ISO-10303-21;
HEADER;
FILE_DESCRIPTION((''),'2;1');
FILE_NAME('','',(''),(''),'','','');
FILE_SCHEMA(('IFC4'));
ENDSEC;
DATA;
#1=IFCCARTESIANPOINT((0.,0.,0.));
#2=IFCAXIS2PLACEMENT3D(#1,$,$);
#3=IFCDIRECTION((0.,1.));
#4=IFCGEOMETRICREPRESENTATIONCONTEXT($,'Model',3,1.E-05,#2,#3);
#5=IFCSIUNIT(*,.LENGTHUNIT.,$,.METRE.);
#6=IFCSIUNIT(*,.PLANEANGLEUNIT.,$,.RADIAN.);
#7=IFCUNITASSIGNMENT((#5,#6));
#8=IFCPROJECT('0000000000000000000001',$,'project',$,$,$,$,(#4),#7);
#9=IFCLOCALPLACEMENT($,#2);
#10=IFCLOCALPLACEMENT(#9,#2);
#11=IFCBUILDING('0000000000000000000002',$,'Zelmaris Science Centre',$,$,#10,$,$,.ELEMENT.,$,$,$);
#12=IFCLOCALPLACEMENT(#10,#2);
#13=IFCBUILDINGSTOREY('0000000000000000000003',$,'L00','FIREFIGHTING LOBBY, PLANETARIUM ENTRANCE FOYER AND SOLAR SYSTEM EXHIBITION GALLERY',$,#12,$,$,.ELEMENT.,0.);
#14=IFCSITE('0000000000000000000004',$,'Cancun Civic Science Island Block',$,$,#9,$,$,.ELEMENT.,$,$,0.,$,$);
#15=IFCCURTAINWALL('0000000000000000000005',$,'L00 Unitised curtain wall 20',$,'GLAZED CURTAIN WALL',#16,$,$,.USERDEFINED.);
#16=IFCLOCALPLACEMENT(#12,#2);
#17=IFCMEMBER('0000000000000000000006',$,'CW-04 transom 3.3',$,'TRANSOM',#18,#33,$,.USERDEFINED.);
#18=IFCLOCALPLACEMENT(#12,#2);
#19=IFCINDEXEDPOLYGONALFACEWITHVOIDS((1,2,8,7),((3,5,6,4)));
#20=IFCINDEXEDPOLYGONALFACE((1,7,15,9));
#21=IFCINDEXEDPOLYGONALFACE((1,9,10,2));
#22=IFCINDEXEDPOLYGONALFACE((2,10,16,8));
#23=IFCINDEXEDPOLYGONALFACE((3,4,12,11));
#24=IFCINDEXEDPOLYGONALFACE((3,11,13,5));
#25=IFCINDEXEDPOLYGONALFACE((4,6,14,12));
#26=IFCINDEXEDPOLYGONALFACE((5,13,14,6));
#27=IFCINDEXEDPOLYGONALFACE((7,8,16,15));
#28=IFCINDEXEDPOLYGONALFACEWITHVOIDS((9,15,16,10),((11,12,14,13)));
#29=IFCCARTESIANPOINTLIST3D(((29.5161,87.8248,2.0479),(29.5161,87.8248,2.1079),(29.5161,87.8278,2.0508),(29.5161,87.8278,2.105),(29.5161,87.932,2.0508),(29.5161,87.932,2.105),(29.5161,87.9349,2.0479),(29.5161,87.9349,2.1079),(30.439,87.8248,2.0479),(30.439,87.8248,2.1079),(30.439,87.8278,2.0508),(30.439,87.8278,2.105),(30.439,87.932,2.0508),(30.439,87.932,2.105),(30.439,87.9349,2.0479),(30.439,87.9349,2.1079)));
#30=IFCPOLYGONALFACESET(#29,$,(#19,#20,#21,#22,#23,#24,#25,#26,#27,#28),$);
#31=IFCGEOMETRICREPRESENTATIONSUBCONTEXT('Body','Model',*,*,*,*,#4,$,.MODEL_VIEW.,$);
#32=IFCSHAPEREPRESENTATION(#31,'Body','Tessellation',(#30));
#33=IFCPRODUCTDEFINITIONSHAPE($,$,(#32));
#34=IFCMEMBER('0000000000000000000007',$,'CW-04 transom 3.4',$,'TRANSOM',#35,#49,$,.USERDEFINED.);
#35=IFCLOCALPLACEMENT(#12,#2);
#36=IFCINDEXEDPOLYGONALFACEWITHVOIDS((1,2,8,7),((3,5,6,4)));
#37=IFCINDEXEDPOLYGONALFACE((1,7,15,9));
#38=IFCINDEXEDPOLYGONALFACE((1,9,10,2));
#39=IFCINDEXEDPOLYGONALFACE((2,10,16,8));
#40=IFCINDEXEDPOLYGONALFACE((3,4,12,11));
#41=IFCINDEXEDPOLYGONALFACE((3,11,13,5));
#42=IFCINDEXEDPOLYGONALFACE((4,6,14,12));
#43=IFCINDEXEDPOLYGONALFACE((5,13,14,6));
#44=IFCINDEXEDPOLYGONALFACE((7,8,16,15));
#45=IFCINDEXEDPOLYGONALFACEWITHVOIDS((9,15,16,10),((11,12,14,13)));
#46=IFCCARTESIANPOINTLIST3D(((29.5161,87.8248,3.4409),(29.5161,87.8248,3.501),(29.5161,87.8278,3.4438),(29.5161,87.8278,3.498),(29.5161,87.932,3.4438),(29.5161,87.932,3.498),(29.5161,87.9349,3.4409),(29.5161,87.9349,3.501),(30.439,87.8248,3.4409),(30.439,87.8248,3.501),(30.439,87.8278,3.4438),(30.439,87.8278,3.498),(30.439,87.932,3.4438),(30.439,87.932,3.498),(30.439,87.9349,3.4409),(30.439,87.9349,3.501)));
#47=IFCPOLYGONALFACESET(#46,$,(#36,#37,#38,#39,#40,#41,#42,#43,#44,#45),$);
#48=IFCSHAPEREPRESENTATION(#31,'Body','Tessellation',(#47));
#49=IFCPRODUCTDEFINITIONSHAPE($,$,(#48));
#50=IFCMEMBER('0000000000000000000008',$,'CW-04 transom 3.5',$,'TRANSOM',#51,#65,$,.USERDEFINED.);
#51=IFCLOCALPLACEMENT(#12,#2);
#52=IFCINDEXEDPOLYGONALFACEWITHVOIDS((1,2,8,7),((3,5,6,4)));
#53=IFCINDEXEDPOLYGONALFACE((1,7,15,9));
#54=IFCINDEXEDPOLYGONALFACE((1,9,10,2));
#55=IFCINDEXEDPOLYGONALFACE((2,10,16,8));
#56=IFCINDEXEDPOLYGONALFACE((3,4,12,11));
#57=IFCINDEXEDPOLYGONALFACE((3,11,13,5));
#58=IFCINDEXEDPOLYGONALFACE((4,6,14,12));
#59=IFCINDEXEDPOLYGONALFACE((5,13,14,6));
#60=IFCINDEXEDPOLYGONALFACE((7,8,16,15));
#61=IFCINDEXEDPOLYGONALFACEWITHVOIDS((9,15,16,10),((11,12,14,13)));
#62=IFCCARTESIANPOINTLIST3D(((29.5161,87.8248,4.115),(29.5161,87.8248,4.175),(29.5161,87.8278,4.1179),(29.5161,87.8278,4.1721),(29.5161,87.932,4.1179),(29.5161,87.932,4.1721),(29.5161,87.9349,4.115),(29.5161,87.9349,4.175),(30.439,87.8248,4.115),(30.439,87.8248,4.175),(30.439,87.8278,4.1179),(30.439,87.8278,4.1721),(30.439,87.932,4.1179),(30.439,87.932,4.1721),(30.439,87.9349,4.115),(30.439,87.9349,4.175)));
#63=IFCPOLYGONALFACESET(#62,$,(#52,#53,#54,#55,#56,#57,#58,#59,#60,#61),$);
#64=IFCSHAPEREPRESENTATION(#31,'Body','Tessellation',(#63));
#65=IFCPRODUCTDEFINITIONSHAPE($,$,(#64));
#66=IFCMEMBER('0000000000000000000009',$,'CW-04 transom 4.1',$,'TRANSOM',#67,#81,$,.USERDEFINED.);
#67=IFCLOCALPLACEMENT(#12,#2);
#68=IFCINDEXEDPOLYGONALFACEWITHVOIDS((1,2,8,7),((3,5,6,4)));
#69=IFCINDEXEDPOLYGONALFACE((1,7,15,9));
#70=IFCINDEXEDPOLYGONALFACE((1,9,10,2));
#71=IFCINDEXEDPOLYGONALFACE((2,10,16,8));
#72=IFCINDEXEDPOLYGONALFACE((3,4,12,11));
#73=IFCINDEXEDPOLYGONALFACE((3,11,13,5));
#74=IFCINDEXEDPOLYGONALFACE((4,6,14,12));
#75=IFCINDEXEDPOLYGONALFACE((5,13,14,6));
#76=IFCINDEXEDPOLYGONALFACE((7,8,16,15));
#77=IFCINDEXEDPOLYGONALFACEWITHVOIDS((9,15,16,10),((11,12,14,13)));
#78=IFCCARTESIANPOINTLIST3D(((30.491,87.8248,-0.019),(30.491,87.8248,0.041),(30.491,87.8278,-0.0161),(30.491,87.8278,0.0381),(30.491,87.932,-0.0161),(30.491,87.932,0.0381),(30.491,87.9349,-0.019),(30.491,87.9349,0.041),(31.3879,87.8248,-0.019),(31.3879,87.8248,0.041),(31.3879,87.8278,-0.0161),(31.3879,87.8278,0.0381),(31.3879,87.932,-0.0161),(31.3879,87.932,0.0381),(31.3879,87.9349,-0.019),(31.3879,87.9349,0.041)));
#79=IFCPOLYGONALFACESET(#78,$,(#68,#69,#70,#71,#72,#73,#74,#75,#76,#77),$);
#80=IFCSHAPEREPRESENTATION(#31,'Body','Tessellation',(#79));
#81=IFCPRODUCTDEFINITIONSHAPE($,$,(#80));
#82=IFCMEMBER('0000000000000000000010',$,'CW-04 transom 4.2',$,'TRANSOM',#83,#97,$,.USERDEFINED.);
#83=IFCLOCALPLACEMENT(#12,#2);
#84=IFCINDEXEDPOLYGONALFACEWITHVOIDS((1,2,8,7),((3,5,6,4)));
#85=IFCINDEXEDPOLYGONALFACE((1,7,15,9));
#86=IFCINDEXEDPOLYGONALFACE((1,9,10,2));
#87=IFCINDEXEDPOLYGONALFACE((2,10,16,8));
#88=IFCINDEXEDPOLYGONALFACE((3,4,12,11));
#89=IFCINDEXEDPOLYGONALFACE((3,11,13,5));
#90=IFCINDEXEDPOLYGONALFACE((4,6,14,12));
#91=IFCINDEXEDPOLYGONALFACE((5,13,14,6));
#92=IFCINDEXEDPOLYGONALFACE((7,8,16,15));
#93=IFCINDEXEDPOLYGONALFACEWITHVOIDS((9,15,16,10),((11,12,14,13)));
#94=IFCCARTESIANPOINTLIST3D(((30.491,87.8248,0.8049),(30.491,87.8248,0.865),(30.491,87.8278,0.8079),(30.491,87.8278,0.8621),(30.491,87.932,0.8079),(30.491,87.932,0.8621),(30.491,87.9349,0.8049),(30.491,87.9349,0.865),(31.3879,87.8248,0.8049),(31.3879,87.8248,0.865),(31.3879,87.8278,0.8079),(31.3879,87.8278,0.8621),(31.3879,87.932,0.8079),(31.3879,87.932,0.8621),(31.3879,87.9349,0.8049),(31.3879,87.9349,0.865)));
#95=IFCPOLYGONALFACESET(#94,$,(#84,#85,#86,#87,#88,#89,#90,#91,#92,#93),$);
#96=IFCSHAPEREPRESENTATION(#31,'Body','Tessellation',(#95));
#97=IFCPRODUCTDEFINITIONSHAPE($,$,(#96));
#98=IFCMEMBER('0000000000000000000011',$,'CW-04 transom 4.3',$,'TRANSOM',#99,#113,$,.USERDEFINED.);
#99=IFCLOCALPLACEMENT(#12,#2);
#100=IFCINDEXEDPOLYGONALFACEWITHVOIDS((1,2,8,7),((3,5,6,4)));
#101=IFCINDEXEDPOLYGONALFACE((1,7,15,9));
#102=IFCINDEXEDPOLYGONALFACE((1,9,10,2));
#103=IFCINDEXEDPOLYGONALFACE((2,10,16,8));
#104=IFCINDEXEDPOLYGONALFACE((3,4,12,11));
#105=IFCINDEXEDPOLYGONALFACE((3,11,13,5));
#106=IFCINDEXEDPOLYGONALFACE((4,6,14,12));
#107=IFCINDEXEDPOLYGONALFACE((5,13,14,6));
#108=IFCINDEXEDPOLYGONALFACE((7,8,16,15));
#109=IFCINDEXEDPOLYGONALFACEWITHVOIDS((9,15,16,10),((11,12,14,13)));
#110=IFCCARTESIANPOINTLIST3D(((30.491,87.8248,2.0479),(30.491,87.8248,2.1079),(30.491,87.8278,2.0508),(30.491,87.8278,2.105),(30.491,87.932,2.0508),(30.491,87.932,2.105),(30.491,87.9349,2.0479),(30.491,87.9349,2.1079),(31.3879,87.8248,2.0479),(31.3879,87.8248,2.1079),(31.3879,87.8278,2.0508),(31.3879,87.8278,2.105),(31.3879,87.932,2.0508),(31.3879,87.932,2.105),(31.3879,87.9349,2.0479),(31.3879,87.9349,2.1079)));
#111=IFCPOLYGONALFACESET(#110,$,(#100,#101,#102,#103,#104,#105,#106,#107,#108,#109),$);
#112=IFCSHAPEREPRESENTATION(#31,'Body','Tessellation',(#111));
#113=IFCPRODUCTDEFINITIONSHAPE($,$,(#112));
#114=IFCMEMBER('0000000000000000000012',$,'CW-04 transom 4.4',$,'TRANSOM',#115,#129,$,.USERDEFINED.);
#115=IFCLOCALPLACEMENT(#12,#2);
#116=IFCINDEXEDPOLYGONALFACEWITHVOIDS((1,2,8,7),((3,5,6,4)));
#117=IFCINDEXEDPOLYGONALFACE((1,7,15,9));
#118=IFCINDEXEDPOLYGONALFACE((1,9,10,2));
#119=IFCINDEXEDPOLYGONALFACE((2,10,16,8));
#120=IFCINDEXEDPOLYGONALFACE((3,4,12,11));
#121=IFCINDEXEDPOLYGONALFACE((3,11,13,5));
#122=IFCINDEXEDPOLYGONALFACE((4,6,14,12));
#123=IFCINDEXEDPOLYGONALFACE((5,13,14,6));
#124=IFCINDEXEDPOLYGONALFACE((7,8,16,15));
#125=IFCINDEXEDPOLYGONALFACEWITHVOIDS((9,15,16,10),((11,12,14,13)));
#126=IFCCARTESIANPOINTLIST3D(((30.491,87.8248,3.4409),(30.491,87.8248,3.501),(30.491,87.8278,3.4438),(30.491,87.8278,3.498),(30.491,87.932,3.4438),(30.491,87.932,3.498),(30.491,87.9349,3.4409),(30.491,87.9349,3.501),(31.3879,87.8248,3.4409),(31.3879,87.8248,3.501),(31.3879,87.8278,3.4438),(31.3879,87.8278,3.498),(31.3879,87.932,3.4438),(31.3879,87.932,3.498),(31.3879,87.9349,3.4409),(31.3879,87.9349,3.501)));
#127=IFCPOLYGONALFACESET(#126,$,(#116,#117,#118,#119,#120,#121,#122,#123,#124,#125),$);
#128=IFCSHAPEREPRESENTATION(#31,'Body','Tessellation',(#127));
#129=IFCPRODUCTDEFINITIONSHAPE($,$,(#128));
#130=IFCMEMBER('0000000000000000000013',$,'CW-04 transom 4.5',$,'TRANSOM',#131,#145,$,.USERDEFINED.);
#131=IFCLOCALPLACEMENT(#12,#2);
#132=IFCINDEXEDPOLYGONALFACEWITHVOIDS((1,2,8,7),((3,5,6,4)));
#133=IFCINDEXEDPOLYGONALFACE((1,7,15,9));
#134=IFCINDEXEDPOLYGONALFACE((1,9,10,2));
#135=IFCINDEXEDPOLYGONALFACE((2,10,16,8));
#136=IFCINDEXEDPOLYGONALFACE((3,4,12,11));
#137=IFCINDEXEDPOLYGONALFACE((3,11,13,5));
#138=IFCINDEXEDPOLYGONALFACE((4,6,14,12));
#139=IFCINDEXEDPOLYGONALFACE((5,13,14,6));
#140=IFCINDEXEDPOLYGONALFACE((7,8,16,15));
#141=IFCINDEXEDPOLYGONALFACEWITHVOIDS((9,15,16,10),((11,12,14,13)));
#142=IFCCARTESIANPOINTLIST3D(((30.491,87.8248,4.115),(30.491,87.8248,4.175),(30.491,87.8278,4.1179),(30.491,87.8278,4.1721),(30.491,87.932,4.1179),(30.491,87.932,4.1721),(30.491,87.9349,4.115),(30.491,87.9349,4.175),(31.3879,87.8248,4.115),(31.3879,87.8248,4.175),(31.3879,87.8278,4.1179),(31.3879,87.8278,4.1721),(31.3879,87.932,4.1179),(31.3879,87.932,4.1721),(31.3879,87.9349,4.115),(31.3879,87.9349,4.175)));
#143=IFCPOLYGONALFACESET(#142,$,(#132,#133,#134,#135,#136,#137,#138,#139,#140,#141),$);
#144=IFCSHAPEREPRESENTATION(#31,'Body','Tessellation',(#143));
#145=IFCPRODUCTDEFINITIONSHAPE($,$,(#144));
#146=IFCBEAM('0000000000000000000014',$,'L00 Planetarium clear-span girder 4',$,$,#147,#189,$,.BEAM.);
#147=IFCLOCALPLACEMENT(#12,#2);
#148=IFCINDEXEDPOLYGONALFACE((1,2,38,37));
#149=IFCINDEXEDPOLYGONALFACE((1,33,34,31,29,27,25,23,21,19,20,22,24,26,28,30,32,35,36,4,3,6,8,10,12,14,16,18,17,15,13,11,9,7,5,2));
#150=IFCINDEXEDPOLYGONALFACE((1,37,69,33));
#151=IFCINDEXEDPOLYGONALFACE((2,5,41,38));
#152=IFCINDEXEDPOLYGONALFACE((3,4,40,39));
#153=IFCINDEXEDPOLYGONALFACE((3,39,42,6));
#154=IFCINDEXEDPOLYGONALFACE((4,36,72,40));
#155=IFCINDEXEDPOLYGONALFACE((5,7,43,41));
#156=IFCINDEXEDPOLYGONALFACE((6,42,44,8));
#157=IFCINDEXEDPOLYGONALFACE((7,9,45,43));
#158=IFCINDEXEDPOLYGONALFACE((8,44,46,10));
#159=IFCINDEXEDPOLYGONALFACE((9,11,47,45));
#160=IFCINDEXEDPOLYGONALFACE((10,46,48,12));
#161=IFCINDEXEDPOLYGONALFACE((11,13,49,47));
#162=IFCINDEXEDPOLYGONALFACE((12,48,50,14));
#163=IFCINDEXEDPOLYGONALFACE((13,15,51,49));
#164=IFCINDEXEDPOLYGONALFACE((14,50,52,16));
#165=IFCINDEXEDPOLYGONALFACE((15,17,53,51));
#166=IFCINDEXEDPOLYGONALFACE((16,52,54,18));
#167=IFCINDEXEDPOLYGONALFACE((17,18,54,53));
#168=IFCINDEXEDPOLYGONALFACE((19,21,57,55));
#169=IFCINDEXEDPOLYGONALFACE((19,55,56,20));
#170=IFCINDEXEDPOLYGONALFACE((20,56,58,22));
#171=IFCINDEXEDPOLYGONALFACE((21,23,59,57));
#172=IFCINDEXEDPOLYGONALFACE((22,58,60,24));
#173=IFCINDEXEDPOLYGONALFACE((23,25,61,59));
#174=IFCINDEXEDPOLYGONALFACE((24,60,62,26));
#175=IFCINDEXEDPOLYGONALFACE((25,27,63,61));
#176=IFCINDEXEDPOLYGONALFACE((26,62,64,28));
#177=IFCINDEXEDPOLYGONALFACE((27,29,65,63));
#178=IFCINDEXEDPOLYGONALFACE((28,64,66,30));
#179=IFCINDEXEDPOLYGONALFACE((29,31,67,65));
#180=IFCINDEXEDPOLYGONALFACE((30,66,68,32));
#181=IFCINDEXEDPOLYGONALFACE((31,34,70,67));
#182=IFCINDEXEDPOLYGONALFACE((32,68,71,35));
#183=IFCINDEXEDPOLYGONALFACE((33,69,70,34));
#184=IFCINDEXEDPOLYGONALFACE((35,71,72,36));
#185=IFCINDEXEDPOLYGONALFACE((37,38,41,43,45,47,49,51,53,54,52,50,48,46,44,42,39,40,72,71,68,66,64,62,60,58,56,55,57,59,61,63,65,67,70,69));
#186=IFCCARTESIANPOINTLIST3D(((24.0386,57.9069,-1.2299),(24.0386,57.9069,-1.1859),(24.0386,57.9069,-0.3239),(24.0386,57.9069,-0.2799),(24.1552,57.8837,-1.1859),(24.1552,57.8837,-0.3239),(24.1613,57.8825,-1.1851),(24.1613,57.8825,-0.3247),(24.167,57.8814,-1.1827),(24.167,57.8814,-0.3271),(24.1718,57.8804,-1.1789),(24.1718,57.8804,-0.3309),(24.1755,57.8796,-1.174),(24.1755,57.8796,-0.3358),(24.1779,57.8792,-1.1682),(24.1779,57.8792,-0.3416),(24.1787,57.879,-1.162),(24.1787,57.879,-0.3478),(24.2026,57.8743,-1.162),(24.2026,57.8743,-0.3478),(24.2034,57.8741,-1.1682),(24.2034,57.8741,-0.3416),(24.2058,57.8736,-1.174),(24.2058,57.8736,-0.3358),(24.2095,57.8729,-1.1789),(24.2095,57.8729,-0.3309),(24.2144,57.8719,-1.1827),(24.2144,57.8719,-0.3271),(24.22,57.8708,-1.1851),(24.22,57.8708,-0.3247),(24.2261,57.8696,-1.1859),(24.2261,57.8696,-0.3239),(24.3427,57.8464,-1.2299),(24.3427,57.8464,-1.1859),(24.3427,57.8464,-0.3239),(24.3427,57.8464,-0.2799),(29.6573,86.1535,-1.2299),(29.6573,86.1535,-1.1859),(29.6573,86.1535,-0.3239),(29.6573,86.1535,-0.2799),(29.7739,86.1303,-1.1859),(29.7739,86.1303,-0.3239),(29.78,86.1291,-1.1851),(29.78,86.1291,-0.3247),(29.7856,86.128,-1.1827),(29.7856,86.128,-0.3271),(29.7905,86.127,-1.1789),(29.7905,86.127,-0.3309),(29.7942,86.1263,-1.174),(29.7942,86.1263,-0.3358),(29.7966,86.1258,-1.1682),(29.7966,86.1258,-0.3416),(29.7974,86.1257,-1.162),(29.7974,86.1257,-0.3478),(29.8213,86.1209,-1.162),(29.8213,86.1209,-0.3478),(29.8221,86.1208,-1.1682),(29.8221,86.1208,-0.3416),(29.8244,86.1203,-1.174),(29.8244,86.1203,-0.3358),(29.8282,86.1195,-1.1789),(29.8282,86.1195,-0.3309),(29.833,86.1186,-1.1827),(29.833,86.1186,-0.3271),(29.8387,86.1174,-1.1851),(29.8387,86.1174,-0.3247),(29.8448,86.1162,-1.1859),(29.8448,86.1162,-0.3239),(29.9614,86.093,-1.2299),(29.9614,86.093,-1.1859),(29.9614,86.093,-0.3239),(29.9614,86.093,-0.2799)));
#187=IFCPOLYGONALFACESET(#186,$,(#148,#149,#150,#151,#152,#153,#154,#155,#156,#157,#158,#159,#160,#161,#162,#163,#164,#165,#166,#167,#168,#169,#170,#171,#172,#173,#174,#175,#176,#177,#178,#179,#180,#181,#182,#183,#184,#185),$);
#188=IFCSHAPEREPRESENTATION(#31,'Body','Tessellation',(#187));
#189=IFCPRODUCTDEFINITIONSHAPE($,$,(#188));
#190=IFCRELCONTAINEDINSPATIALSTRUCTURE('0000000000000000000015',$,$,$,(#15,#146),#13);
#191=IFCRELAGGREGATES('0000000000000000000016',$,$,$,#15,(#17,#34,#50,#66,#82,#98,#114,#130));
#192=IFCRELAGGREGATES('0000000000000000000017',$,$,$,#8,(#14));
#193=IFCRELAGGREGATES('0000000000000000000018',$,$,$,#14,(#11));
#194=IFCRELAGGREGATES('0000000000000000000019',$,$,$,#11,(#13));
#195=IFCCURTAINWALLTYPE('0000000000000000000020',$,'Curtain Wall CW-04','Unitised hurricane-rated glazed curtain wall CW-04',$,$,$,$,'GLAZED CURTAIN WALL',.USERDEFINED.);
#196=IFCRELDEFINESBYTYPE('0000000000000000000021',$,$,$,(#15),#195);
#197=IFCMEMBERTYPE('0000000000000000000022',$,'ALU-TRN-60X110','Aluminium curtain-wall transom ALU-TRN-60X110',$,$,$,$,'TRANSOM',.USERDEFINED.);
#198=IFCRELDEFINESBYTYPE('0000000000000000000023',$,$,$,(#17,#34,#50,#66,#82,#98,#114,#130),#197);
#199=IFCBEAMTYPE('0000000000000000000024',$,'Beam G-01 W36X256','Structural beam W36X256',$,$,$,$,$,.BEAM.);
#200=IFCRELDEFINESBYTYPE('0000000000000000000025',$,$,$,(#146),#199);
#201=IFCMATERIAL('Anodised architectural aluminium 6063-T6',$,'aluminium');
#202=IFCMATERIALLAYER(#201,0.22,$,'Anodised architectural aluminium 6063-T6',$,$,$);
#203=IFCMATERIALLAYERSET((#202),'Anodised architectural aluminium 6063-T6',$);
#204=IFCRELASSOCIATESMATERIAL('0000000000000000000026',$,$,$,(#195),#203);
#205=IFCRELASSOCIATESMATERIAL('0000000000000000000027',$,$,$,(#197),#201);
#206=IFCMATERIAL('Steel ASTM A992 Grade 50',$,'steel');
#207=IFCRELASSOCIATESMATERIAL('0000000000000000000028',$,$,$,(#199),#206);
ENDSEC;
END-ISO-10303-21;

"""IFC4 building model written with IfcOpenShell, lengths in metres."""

from ifc_helpers import new_model, si_unit, direction, frame, origin, origin_2d, place, context, subcontext, project, spatial, hollow_rectangle, i_section, extrude, material, layer, layer_set, material_profile, profile_set, type_object, element, aggregate, save


model = new_model("IFC4")

# Units and contexts
model_context = context("Model", 3, precision=1e-05, world=origin(), true_north=direction((0.0, 1.0)))
body_context = subcontext(model_context, "Body", "Model", "MODEL_VIEW")
ifc_project = project(units=[si_unit("LENGTHUNIT", "METRE"), si_unit("PLANEANGLEUNIT", "RADIAN")], contexts=[model_context])

# Site, building, storey
site_placement = place(None, origin())
site = spatial("IfcSite", under=ifc_project, at=site_placement, Name="Cancun Civic Science Island Block", CompositionType="ELEMENT", RefElevation=0.0)
building_placement = place(site_placement, origin())
building = spatial("IfcBuilding", under=site, at=building_placement, Name="Zelmaris Science Centre", CompositionType="ELEMENT")
storey_placement = place(building_placement, origin())
storey = spatial("IfcBuildingStorey", under=building, at=storey_placement, Name="L00", Description="FIREFIGHTING LOBBY, PLANETARIUM ENTRANCE FOYER AND SOLAR SYSTEM EXHIBITION GALLERY", CompositionType="ELEMENT", Elevation=0.0)

# Curtain wall, members
ifc_material_1 = material(Name="Anodised architectural aluminium 6063-T6", Category="aluminium")
ifc_layer_1 = layer(ifc_material_1, 0.22, Name="Anodised architectural aluminium 6063-T6")
ifc_layer_set_1 = layer_set([ifc_layer_1], Name="Anodised architectural aluminium 6063-T6")
curtain_wall_type = type_object("IfcCurtainWallType", Name="Curtain Wall CW-04", Description="Unitised hurricane-rated glazed curtain wall CW-04", ElementType="GLAZED CURTAIN WALL", PredefinedType="USERDEFINED", material=ifc_layer_set_1)
curtain_wall_placement = place(storey_placement, origin())
curtain_wall = element("IfcCurtainWall", 1, at=curtain_wall_placement, inside=storey, type_object=curtain_wall_type, Name="L00 Unitised curtain wall 20", ObjectType="GLAZED CURTAIN WALL", PredefinedType="USERDEFINED")
ifc_material_profile_1 = material_profile(ifc_material_1, hollow_rectangle(XDim=0.0601, YDim=0.1101, WallThickness=0.0029, at=origin_2d()), Name="ALU-TRN-60X110")
ifc_profile_set_1 = profile_set([ifc_material_profile_1], Name="Anodised architectural aluminium 6063-T6")
member_type_1 = type_object("IfcMemberType", Name="ALU-TRN-60X110", Description="Aluminium curtain-wall transom ALU-TRN-60X110", ElementType="TRANSOM", PredefinedType="USERDEFINED", material=ifc_profile_set_1)
member_1_placement = place(storey_placement, frame((29.5161, 87.8799, 2.0779), z_axis=(1.0, 0.0, 0.0), x_axis=(0.0, 0.0, 1.0)))
member_1 = element("IfcMember", 2, at=member_1_placement, type_object=member_type_1, Name="CW-04 transom 3.3", ObjectType="TRANSOM", PredefinedType="USERDEFINED", context=body_context, shape_type="SweptSolid", body=[
    extrude(hollow_rectangle(XDim=0.0601, YDim=0.1101, WallThickness=0.0029, at=origin_2d()), origin(), (0.0, 0.0, 1.0), 0.9229),
])
member_2_placement = place(storey_placement, frame((29.5161, 87.8799, 3.4709), z_axis=(1.0, 0.0, 0.0), x_axis=(0.0, 0.0, 1.0)))
member_2 = element("IfcMember", 3, at=member_2_placement, type_object=member_type_1, Name="CW-04 transom 3.4", ObjectType="TRANSOM", PredefinedType="USERDEFINED", context=body_context, shape_type="SweptSolid", body=[
    extrude(hollow_rectangle(XDim=0.0601, YDim=0.1101, WallThickness=0.0029, at=origin_2d()), origin(), (0.0, 0.0, 1.0), 0.9229),
])
member_3_placement = place(storey_placement, frame((29.5161, 87.8799, 4.145), z_axis=(1.0, 0.0, 0.0), x_axis=(0.0, 0.0, 1.0)))
member_3 = element("IfcMember", 4, at=member_3_placement, type_object=member_type_1, Name="CW-04 transom 3.5", ObjectType="TRANSOM", PredefinedType="USERDEFINED", context=body_context, shape_type="SweptSolid", body=[
    extrude(hollow_rectangle(XDim=0.0601, YDim=0.1101, WallThickness=0.0029, at=origin_2d()), origin(), (0.0, 0.0, 1.0), 0.9229),
])
member_4_placement = place(storey_placement, frame((30.491, 87.8799, 0.011), z_axis=(1.0, 0.0, 0.0), x_axis=(0.0, 0.0, 1.0)))
member_4 = element("IfcMember", 5, at=member_4_placement, type_object=member_type_1, Name="CW-04 transom 4.1", ObjectType="TRANSOM", PredefinedType="USERDEFINED", context=body_context, shape_type="SweptSolid", body=[
    extrude(hollow_rectangle(XDim=0.0601, YDim=0.1101, WallThickness=0.0029, at=origin_2d()), origin(), (0.0, 0.0, 1.0), 0.897),
])
member_5_placement = place(storey_placement, frame((30.491, 87.8799, 0.835), z_axis=(1.0, 0.0, 0.0), x_axis=(0.0, 0.0, 1.0)))
member_5 = element("IfcMember", 6, at=member_5_placement, type_object=member_type_1, Name="CW-04 transom 4.2", ObjectType="TRANSOM", PredefinedType="USERDEFINED", context=body_context, shape_type="SweptSolid", body=[
    extrude(hollow_rectangle(XDim=0.0601, YDim=0.1101, WallThickness=0.0029, at=origin_2d()), origin(), (0.0, 0.0, 1.0), 0.897),
])
member_6_placement = place(storey_placement, frame((30.491, 87.8799, 2.0779), z_axis=(1.0, 0.0, 0.0), x_axis=(0.0, 0.0, 1.0)))
member_6 = element("IfcMember", 7, at=member_6_placement, type_object=member_type_1, Name="CW-04 transom 4.3", ObjectType="TRANSOM", PredefinedType="USERDEFINED", context=body_context, shape_type="SweptSolid", body=[
    extrude(hollow_rectangle(XDim=0.0601, YDim=0.1101, WallThickness=0.0029, at=origin_2d()), origin(), (0.0, 0.0, 1.0), 0.897),
])
member_7_placement = place(storey_placement, frame((30.491, 87.8799, 3.4709), z_axis=(1.0, 0.0, 0.0), x_axis=(0.0, 0.0, 1.0)))
member_7 = element("IfcMember", 8, at=member_7_placement, type_object=member_type_1, Name="CW-04 transom 4.4", ObjectType="TRANSOM", PredefinedType="USERDEFINED", context=body_context, shape_type="SweptSolid", body=[
    extrude(hollow_rectangle(XDim=0.0601, YDim=0.1101, WallThickness=0.0029, at=origin_2d()), origin(), (0.0, 0.0, 1.0), 0.897),
])
member_8_placement = place(storey_placement, frame((30.491, 87.8799, 4.145), z_axis=(1.0, 0.0, 0.0), x_axis=(0.0, 0.0, 1.0)))
member_8 = element("IfcMember", 9, at=member_8_placement, type_object=member_type_1, Name="CW-04 transom 4.5", ObjectType="TRANSOM", PredefinedType="USERDEFINED", context=body_context, shape_type="SweptSolid", body=[
    extrude(hollow_rectangle(XDim=0.0601, YDim=0.1101, WallThickness=0.0029, at=origin_2d()), origin(), (0.0, 0.0, 1.0), 0.897),
])

# Beam
ifc_material_2 = material(Name="Steel ASTM A992 Grade 50", Category="steel")
ifc_material_profile_2 = material_profile(ifc_material_2, i_section(OverallWidth=0.3101, OverallDepth=0.95, WebThickness=0.0244, FlangeThickness=0.0439, FilletRadius=0.0239, at=origin_2d()), Name="W36X256")
ifc_profile_set_2 = profile_set([ifc_material_profile_2], Name="Steel ASTM A992 Grade 50")
beam_type_1 = type_object("IfcBeamType", Name="Beam G-01 W36X256", Description="Structural beam W36X256", PredefinedType="BEAM", material=ifc_profile_set_2)
beam_1_placement = place(storey_placement, frame((29.8093, 86.1233, -0.7549), z_axis=(-0.195092, -0.980785, 0.0), x_axis=(0.980785, -0.195092, 0.0)))
element("IfcBeam", 10, at=beam_1_placement, inside=storey, type_object=beam_type_1, Name="L00 Planetarium clear-span girder 4", PredefinedType="BEAM", context=body_context, shape_type="SweptSolid", body=[
    extrude(i_section(OverallWidth=0.3101, OverallDepth=0.95, WebThickness=0.0244, FlangeThickness=0.0439, FilletRadius=0.0239, at=origin_2d()), origin(), (0.0, 0.0, 1.0), 28.8),
])

aggregate(curtain_wall, [member_1, member_2, member_3, member_4, member_5, member_6, member_7, member_8])

save(model, "model.ifc")
